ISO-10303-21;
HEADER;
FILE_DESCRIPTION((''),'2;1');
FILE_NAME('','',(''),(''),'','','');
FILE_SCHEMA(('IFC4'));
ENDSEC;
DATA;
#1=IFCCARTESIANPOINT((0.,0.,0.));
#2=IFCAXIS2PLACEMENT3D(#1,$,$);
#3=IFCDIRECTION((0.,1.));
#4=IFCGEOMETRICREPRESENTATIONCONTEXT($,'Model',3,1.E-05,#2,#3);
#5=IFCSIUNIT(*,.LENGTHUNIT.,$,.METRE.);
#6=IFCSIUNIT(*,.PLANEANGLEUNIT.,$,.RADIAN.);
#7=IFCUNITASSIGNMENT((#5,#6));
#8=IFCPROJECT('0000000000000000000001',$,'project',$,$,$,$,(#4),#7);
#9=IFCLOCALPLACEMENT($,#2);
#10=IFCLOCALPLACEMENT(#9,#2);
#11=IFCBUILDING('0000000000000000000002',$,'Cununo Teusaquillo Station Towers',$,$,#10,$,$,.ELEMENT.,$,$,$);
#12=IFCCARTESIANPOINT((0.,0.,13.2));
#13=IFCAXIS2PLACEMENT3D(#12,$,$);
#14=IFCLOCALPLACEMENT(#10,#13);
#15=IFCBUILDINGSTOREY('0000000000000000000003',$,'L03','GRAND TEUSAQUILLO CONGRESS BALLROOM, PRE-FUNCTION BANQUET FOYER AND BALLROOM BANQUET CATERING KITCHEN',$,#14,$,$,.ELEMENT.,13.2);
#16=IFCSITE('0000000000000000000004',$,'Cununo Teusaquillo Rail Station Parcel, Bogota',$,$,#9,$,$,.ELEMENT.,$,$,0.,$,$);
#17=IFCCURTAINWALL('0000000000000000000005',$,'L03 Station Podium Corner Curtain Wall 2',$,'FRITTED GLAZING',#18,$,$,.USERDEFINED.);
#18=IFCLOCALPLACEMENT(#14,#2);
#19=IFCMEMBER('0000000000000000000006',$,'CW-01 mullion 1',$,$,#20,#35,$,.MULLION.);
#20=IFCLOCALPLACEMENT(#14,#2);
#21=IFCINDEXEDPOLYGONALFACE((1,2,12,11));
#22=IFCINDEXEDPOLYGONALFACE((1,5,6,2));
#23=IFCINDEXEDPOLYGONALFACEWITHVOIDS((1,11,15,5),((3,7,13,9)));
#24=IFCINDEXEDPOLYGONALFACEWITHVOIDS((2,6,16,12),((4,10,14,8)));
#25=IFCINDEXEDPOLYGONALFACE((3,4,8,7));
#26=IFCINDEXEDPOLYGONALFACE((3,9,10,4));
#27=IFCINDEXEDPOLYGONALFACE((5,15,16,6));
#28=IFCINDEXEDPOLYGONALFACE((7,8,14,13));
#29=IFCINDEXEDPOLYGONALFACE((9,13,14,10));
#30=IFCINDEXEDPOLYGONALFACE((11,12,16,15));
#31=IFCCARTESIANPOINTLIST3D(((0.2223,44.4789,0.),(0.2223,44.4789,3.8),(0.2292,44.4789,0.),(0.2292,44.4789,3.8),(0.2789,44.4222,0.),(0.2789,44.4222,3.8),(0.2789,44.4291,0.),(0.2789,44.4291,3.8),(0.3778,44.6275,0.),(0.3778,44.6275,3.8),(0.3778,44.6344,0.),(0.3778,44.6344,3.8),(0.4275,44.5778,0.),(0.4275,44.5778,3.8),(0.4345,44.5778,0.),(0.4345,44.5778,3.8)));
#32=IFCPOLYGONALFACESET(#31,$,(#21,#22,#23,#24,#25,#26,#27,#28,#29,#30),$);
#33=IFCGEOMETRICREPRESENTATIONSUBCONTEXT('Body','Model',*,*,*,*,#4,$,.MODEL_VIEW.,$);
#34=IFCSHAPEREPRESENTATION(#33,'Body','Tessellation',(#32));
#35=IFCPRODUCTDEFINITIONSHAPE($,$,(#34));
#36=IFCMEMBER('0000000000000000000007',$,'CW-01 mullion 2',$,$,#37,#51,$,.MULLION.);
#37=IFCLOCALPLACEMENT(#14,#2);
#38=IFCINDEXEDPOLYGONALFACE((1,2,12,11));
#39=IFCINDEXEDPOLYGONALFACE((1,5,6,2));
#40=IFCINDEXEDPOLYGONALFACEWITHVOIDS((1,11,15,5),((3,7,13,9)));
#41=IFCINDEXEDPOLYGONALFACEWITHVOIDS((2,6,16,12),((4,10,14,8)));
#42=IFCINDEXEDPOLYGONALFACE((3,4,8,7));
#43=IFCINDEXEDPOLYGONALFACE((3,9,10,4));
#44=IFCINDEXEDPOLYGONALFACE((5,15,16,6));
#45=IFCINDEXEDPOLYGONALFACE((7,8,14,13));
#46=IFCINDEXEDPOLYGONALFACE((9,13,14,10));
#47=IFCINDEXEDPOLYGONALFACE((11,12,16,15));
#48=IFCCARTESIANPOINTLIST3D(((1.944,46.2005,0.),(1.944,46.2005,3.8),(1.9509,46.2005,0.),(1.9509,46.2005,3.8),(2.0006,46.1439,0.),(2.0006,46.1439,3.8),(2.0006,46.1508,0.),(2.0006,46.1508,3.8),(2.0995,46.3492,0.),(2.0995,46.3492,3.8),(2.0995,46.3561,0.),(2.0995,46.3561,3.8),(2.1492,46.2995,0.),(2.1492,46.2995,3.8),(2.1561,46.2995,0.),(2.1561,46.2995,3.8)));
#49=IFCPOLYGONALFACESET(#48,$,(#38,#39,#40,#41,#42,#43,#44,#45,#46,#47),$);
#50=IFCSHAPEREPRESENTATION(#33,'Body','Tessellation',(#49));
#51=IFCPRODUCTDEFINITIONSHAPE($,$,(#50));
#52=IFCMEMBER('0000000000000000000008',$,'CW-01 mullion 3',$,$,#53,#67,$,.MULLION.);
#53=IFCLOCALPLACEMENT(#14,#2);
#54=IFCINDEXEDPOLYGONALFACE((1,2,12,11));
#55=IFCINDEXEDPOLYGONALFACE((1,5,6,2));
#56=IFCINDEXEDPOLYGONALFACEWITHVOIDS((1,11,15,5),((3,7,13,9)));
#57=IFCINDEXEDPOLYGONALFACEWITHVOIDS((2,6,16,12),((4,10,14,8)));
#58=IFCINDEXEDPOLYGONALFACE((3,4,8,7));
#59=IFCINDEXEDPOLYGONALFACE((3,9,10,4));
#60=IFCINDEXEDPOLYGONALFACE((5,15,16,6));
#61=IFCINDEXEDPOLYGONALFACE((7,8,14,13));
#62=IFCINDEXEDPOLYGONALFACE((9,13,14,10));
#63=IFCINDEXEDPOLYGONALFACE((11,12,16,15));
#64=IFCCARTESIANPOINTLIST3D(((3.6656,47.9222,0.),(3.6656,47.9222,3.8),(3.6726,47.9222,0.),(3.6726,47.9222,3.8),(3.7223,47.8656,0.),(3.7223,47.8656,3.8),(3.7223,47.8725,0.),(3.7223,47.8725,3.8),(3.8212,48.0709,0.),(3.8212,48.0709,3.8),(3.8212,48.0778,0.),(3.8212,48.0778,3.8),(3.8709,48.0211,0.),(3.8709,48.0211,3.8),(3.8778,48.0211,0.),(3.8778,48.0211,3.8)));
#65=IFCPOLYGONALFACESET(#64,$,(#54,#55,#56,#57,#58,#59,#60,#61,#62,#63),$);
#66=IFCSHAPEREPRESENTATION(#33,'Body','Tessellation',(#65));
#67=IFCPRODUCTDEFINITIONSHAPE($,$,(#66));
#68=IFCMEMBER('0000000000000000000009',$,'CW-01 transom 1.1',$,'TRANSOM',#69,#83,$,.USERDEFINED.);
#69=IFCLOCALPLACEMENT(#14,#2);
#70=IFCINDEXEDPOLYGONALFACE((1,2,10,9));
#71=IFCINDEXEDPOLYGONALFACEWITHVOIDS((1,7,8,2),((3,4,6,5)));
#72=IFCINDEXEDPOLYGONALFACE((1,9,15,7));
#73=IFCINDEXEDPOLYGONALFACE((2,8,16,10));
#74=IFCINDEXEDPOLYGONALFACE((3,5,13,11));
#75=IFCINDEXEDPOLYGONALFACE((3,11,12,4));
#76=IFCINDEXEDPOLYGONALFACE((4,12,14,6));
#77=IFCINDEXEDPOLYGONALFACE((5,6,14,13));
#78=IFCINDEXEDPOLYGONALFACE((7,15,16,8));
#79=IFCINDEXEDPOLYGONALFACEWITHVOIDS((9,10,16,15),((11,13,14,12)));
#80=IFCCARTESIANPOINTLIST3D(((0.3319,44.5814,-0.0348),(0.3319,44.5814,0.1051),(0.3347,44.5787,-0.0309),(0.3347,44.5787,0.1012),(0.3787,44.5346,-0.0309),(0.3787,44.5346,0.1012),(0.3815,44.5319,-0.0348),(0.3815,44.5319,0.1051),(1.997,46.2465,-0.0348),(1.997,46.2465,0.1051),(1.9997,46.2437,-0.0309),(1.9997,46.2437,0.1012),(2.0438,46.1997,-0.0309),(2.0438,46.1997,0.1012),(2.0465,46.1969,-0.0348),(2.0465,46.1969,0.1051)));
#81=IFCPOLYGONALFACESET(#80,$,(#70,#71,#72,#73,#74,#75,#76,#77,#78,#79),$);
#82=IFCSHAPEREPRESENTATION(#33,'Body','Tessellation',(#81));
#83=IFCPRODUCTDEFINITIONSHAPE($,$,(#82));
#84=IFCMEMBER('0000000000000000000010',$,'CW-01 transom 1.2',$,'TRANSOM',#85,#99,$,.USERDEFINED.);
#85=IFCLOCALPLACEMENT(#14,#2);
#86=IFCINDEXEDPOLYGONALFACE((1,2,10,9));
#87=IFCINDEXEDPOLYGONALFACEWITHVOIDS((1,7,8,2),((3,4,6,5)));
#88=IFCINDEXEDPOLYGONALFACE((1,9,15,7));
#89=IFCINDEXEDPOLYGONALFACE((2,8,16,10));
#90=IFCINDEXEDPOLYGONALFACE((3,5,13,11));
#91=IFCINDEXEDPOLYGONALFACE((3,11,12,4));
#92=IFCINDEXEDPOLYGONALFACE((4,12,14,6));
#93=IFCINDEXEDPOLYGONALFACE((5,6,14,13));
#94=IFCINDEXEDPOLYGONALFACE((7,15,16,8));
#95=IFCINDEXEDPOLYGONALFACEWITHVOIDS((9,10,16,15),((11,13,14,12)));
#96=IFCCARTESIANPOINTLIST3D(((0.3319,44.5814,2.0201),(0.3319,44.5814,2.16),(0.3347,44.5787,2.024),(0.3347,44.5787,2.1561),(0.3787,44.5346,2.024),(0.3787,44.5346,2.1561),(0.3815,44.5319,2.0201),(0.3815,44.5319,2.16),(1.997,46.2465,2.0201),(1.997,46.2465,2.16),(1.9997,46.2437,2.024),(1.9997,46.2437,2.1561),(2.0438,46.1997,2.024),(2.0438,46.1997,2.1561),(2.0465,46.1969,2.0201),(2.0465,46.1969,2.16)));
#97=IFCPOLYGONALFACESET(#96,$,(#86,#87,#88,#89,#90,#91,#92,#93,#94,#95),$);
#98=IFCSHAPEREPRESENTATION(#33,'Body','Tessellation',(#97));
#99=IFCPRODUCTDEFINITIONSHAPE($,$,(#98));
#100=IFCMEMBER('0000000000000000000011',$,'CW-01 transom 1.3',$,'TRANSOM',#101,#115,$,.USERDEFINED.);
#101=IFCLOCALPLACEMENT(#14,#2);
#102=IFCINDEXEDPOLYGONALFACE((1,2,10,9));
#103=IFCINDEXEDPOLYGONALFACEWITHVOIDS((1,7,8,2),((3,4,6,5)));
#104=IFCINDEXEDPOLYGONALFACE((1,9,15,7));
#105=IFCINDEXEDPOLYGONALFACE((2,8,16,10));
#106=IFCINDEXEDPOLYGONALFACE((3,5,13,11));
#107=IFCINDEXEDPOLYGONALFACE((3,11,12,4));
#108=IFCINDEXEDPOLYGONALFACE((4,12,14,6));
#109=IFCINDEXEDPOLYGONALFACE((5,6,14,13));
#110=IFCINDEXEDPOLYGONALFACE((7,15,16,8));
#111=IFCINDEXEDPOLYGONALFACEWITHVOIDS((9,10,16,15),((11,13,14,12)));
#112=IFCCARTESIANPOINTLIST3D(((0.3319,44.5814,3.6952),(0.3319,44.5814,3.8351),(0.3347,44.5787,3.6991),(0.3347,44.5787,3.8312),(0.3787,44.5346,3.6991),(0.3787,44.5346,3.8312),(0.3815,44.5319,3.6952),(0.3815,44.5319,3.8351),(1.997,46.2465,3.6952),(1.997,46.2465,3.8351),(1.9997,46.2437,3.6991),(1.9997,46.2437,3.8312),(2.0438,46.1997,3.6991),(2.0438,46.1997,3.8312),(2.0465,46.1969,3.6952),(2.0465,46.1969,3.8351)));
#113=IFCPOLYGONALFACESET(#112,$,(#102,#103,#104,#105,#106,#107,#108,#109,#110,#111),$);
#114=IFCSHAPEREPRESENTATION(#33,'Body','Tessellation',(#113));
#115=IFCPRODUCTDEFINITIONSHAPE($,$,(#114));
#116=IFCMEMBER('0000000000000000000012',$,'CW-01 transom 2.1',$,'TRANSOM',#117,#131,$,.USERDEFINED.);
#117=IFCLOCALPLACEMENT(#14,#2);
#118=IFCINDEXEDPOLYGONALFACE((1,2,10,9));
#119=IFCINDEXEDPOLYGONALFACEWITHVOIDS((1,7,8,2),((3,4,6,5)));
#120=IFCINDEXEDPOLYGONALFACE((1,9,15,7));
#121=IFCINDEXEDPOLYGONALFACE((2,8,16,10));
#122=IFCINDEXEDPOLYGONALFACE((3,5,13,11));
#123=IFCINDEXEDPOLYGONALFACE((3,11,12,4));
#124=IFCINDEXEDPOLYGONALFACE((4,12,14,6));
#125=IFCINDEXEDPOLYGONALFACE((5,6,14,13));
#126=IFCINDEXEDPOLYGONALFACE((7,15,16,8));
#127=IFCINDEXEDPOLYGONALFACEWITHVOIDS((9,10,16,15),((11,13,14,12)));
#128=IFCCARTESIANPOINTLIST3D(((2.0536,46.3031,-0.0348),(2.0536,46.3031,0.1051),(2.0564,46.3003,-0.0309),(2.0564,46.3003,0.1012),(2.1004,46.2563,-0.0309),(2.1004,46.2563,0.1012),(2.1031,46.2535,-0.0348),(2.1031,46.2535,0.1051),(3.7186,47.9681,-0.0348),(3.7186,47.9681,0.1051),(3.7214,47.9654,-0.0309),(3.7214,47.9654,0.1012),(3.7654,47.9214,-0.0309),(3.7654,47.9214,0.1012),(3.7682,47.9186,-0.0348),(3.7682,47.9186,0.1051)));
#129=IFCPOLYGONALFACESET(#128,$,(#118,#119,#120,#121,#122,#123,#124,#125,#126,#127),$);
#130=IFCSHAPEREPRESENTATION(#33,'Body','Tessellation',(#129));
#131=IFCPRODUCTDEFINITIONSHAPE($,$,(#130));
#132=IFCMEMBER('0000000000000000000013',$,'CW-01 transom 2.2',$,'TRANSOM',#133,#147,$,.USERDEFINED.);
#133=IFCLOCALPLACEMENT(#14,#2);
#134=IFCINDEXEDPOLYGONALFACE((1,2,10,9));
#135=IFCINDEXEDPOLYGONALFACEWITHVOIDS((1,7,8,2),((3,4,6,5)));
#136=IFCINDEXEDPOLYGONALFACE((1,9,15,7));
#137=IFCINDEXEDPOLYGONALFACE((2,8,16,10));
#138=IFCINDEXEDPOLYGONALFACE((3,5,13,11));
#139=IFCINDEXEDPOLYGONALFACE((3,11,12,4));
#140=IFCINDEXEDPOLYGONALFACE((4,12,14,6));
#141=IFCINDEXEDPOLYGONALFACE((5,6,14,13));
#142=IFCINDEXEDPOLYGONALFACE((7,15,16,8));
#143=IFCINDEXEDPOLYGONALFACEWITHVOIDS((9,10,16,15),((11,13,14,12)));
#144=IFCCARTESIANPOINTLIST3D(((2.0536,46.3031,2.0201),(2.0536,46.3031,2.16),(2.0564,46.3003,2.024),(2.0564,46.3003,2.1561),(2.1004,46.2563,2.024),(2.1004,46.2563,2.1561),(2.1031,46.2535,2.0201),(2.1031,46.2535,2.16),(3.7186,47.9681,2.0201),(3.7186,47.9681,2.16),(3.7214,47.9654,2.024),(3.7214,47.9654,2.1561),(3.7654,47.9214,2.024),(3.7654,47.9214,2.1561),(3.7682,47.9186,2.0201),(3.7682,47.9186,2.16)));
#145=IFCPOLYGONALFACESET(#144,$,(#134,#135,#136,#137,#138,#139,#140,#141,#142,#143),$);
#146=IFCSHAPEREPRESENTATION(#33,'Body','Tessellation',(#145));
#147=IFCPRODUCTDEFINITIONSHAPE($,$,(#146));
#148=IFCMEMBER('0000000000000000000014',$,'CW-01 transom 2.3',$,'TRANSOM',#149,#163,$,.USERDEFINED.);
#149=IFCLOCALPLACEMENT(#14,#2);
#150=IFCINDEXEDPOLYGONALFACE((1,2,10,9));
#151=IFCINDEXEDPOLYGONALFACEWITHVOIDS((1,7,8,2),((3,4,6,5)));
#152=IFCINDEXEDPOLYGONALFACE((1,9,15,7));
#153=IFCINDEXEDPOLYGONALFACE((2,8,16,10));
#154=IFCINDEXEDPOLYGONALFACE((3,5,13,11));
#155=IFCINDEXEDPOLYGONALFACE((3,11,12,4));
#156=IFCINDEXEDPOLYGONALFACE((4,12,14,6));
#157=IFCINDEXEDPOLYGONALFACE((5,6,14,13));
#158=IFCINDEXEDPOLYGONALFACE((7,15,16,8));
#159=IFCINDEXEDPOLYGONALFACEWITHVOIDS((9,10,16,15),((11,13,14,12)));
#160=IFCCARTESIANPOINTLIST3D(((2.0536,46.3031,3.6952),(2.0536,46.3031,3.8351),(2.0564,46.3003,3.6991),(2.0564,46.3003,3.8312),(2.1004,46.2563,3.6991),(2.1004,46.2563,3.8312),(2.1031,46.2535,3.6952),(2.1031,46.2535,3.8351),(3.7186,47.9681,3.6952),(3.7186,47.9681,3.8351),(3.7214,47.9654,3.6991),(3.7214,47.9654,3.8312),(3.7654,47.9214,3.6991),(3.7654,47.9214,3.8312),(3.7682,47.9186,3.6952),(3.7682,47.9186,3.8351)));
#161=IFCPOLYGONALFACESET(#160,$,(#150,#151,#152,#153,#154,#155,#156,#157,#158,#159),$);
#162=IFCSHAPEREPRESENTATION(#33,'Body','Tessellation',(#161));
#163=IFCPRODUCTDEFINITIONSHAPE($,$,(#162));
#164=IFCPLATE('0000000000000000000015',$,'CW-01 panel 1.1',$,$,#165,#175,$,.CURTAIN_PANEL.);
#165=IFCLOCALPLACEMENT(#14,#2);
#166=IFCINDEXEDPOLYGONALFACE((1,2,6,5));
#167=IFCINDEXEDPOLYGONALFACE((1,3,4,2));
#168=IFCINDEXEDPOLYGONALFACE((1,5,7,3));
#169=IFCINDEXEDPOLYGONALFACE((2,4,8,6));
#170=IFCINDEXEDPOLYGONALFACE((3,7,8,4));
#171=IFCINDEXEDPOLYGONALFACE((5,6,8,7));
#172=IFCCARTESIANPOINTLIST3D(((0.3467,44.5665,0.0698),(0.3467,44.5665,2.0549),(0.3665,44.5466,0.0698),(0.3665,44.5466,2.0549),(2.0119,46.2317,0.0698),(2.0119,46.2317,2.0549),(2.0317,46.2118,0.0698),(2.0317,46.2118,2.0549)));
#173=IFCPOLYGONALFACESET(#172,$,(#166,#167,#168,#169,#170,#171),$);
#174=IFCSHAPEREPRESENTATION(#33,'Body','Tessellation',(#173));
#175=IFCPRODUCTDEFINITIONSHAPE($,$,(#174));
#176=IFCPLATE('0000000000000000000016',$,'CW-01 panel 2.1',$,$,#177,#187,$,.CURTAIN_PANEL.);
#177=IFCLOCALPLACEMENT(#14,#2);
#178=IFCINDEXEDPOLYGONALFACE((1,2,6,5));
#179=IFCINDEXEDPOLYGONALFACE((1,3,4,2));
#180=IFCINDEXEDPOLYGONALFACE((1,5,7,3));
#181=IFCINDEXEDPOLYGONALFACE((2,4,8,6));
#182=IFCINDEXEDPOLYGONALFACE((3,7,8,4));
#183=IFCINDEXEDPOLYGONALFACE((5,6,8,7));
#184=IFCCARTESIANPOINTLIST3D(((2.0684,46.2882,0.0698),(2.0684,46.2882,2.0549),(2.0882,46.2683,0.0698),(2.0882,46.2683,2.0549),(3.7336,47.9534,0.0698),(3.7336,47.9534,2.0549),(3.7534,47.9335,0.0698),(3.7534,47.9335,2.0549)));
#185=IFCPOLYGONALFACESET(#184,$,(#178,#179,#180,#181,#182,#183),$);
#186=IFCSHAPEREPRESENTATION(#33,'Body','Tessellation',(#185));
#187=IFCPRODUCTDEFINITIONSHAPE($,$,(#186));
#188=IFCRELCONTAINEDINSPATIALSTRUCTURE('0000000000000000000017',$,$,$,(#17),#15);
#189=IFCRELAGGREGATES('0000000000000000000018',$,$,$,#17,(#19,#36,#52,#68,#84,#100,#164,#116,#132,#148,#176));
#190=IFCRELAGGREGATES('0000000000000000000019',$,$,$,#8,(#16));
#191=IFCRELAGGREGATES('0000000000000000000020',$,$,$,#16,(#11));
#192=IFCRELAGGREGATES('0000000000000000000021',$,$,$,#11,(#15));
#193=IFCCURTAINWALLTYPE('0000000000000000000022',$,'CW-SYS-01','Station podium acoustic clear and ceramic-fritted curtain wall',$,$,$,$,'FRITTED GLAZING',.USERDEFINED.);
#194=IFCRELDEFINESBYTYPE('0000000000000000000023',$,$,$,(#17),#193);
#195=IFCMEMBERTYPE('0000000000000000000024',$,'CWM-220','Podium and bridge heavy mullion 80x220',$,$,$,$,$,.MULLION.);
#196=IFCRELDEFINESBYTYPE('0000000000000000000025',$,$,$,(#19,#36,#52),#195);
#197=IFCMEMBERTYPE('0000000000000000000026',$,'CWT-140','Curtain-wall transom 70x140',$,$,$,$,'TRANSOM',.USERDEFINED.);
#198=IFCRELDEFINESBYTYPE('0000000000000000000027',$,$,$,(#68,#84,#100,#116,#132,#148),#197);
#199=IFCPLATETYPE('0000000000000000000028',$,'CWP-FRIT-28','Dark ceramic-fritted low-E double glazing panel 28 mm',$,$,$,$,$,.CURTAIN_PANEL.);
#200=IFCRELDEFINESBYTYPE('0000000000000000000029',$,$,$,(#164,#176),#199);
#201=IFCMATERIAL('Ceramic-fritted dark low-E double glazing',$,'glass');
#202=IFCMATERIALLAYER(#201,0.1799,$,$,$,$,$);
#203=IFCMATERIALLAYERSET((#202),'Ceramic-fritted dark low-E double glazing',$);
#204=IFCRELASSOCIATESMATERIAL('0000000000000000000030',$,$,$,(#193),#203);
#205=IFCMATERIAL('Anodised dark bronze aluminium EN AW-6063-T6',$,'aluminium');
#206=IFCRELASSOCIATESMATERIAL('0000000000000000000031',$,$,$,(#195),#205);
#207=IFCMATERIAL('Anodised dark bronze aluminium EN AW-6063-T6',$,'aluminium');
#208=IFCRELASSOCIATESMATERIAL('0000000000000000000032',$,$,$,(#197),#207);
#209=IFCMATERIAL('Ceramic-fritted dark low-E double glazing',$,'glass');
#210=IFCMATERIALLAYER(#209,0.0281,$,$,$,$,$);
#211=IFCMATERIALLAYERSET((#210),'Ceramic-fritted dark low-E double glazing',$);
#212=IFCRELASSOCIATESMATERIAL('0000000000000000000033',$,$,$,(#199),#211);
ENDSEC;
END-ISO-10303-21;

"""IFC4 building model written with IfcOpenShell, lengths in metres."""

from ifc_helpers import new_model, si_unit, direction, frame, origin, origin_2d, place, context, subcontext, project, spatial, rectangle, hollow_rectangle, extrude, source, transform, mapped, material, layer, layer_set, material_profile, profile_set, type_object, element, aggregate, save


model = new_model("IFC4")

# Units and contexts
model_context = context("Model", 3, precision=1e-05, world=origin(), true_north=direction((0.0, 1.0)))
body_context = subcontext(model_context, "Body", "Model", "MODEL_VIEW")
ifc_project = project(units=[si_unit("LENGTHUNIT", "METRE"), si_unit("PLANEANGLEUNIT", "RADIAN")], contexts=[model_context])

# Site, building, storey
site_placement = place(None, origin())
site = spatial("IfcSite", under=ifc_project, at=site_placement, Name="Cununo Teusaquillo Rail Station Parcel, Bogota", CompositionType="ELEMENT", RefElevation=0.0)
building_placement = place(site_placement, origin())
building = spatial("IfcBuilding", under=site, at=building_placement, Name="Cununo Teusaquillo Station Towers", CompositionType="ELEMENT")
storey_placement = place(building_placement, frame((0.0, 0.0, 13.2)))
storey = spatial("IfcBuildingStorey", under=building, at=storey_placement, Name="L03", Description="GRAND TEUSAQUILLO CONGRESS BALLROOM, PRE-FUNCTION BANQUET FOYER AND BALLROOM BANQUET CATERING KITCHEN", CompositionType="ELEMENT", Elevation=13.2)

# Curtain wall, members, plates
ifc_material_1 = material(Name="Ceramic-fritted dark low-E double glazing", Category="glass")
ifc_layer_1 = layer(ifc_material_1, 0.1799)
ifc_layer_set_1 = layer_set([ifc_layer_1], Name="Ceramic-fritted dark low-E double glazing")
curtain_wall_type = type_object("IfcCurtainWallType", Name="CW-SYS-01", Description="Station podium acoustic clear and ceramic-fritted curtain wall", ElementType="FRITTED GLAZING", PredefinedType="USERDEFINED", material=ifc_layer_set_1)
curtain_wall_placement = place(storey_placement, origin())
curtain_wall = element("IfcCurtainWall", 1, at=curtain_wall_placement, inside=storey, type_object=curtain_wall_type, Name="L03 Station Podium Corner Curtain Wall 2", ObjectType="FRITTED GLAZING", PredefinedType="USERDEFINED")
ifc_material_2 = material(Name="Anodised dark bronze aluminium EN AW-6063-T6", Category="aluminium")
ifc_material_profile_1 = material_profile(ifc_material_2, hollow_rectangle(XDim=0.0801, YDim=0.22, WallThickness=0.0049, at=origin_2d()), Name="CW-MULL-80x220")
ifc_profile_set_1 = profile_set([ifc_material_profile_1], Name="Anodised dark bronze aluminium EN AW-6063-T6")
member_type_1 = type_object("IfcMemberType", Name="CWM-220", Description="Podium and bridge heavy mullion 80x220", PredefinedType="MULLION", material=ifc_profile_set_1)
member_1_placement = place(storey_placement, frame((0.3284, 44.5283, 0.0), z_axis=(0.0, 0.0, 1.0), x_axis=(-0.707107, 0.707107, 0.0)))
member_1 = element("IfcMember", 2, at=member_1_placement, type_object=member_type_1, Name="CW-01 mullion 1", PredefinedType="MULLION", context=body_context, shape_type="SweptSolid", body=[
    extrude(hollow_rectangle(XDim=0.0801, YDim=0.22, WallThickness=0.0049, at=origin_2d()), origin(), (0.0, 0.0, 1.0), 3.8),
])
member_2_placement = place(storey_placement, frame((2.05, 46.25, 0.0), z_axis=(0.0, 0.0, 1.0), x_axis=(-0.707107, 0.707107, 0.0)))
member_2 = element("IfcMember", 3, at=member_2_placement, type_object=member_type_1, Name="CW-01 mullion 2", PredefinedType="MULLION", context=body_context, shape_type="SweptSolid", body=[
    extrude(hollow_rectangle(XDim=0.0801, YDim=0.22, WallThickness=0.0049, at=origin_2d()), origin(), (0.0, 0.0, 1.0), 3.8),
])
member_3_placement = place(storey_placement, frame((3.7717, 47.9717, 0.0), z_axis=(0.0, 0.0, 1.0), x_axis=(-0.707107, 0.707107, 0.0)))
member_3 = element("IfcMember", 4, at=member_3_placement, type_object=member_type_1, Name="CW-01 mullion 3", PredefinedType="MULLION", context=body_context, shape_type="SweptSolid", body=[
    extrude(hollow_rectangle(XDim=0.0801, YDim=0.22, WallThickness=0.0049, at=origin_2d()), origin(), (0.0, 0.0, 1.0), 3.8),
])
ifc_material_3 = material(Name="Anodised dark bronze aluminium EN AW-6063-T6", Category="aluminium")
ifc_material_profile_2 = material_profile(ifc_material_3, hollow_rectangle(XDim=0.0701, YDim=0.1399, WallThickness=0.0039, at=origin_2d()), Name="CW-TRAN-70x140")
ifc_profile_set_2 = profile_set([ifc_material_profile_2], Name="Anodised dark bronze aluminium EN AW-6063-T6")
member_type_2 = type_object("IfcMemberType", Name="CWT-140", Description="Curtain-wall transom 70x140", ElementType="TRANSOM", PredefinedType="USERDEFINED", material=ifc_profile_set_2)
member_4_placement = place(storey_placement, frame((0.3567, 44.5566, 0.0352), z_axis=(0.707107, 0.707107, 0.0), x_axis=(-0.707107, 0.707107, 0.0)))
member_4 = element("IfcMember", 5, at=member_4_placement, type_object=member_type_2, Name="CW-01 transom 1.1", ObjectType="TRANSOM", PredefinedType="USERDEFINED", context=body_context, shape_type="SweptSolid", body=[
    extrude(hollow_rectangle(XDim=0.0701, YDim=0.1399, WallThickness=0.0039, at=origin_2d()), origin(), (0.0, 0.0, 1.0), 2.3547),
])
member_5_placement = place(storey_placement, frame((0.3567, 44.5566, 2.0901), z_axis=(0.707107, 0.707107, 0.0), x_axis=(-0.707107, 0.707107, 0.0)))
member_5 = element("IfcMember", 6, at=member_5_placement, type_object=member_type_2, Name="CW-01 transom 1.2", ObjectType="TRANSOM", PredefinedType="USERDEFINED", context=body_context, shape_type="SweptSolid", body=[
    extrude(hollow_rectangle(XDim=0.0701, YDim=0.1399, WallThickness=0.0039, at=origin_2d()), origin(), (0.0, 0.0, 1.0), 2.3547),
])
member_6_placement = place(storey_placement, frame((0.3567, 44.5566, 3.7651), z_axis=(0.707107, 0.707107, 0.0), x_axis=(-0.707107, 0.707107, 0.0)))
member_6 = element("IfcMember", 7, at=member_6_placement, type_object=member_type_2, Name="CW-01 transom 1.3", ObjectType="TRANSOM", PredefinedType="USERDEFINED", context=body_context, shape_type="SweptSolid", body=[
    extrude(hollow_rectangle(XDim=0.0701, YDim=0.1399, WallThickness=0.0039, at=origin_2d()), origin(), (0.0, 0.0, 1.0), 2.3547),
])
member_7_placement = place(storey_placement, frame((2.0784, 46.2783, 0.0352), z_axis=(0.707107, 0.707107, 0.0), x_axis=(-0.707107, 0.707107, 0.0)))
member_7 = element("IfcMember", 8, at=member_7_placement, type_object=member_type_2, Name="CW-01 transom 2.1", ObjectType="TRANSOM", PredefinedType="USERDEFINED", context=body_context, shape_type="SweptSolid", body=[
    extrude(hollow_rectangle(XDim=0.0701, YDim=0.1399, WallThickness=0.0039, at=origin_2d()), origin(), (0.0, 0.0, 1.0), 2.3547),
])
member_8_placement = place(storey_placement, frame((2.0784, 46.2783, 2.0901), z_axis=(0.707107, 0.707107, 0.0), x_axis=(-0.707107, 0.707107, 0.0)))
member_8 = element("IfcMember", 9, at=member_8_placement, type_object=member_type_2, Name="CW-01 transom 2.2", ObjectType="TRANSOM", PredefinedType="USERDEFINED", context=body_context, shape_type="SweptSolid", body=[
    extrude(hollow_rectangle(XDim=0.0701, YDim=0.1399, WallThickness=0.0039, at=origin_2d()), origin(), (0.0, 0.0, 1.0), 2.3547),
])
member_9_placement = place(storey_placement, frame((2.0784, 46.2783, 3.7651), z_axis=(0.707107, 0.707107, 0.0), x_axis=(-0.707107, 0.707107, 0.0)))
member_9 = element("IfcMember", 10, at=member_9_placement, type_object=member_type_2, Name="CW-01 transom 2.3", ObjectType="TRANSOM", PredefinedType="USERDEFINED", context=body_context, shape_type="SweptSolid", body=[
    extrude(hollow_rectangle(XDim=0.0701, YDim=0.1399, WallThickness=0.0039, at=origin_2d()), origin(), (0.0, 0.0, 1.0), 2.3547),
])
ifc_material_4 = material(Name="Ceramic-fritted dark low-E double glazing", Category="glass")
ifc_layer_2 = layer(ifc_material_4, 0.0281)
ifc_layer_set_2 = layer_set([ifc_layer_2], Name="Ceramic-fritted dark low-E double glazing")
plate_type = type_object("IfcPlateType", Name="CWP-FRIT-28", Description="Dark ceramic-fritted low-E double glazing panel 28 mm", PredefinedType="CURTAIN_PANEL", material=ifc_layer_set_2)
shared_shape_1 = source(origin(), body_context, "Body", "SweptSolid", [
    extrude(rectangle(XDim=2.355, YDim=0.0281, at=origin_2d()), origin(), (0.0, 0.0, 1.0), 1.9851),
])
plate_1_placement = place(storey_placement, frame((1.1892, 45.3892, 0.0698), z_axis=(0.0, 0.0, 1.0), x_axis=(0.707107, 0.707107, 0.0)))
plate_1 = element("IfcPlate", 11, at=plate_1_placement, type_object=plate_type, Name="CW-01 panel 1.1", PredefinedType="CURTAIN_PANEL", context=body_context, shape_type="MappedRepresentation", body=[
    mapped(shared_shape_1, transform((0.0, 0.0, 0.0), x_axis=(1.0, 0.0, 0.0), y_axis=(0.0, 1.0, 0.0), z_axis=(0.0, 0.0, 1.0), scale=1.0)),
])
plate_2_placement = place(storey_placement, frame((2.9109, 47.1108, 0.0698), z_axis=(0.0, 0.0, 1.0), x_axis=(0.707107, 0.707107, 0.0)))
plate_2 = element("IfcPlate", 12, at=plate_2_placement, type_object=plate_type, Name="CW-01 panel 2.1", PredefinedType="CURTAIN_PANEL", context=body_context, shape_type="MappedRepresentation", body=[
    mapped(shared_shape_1, transform((0.0, 0.0, 0.0), x_axis=(1.0, 0.0, 0.0), y_axis=(0.0, 1.0, 0.0), z_axis=(0.0, 0.0, 1.0), scale=1.0)),
])
aggregate(curtain_wall, [member_1, member_2, member_3, member_4, member_5, member_6, plate_1, member_7, member_8, member_9, plate_2])

save(model, "model.ifc")
